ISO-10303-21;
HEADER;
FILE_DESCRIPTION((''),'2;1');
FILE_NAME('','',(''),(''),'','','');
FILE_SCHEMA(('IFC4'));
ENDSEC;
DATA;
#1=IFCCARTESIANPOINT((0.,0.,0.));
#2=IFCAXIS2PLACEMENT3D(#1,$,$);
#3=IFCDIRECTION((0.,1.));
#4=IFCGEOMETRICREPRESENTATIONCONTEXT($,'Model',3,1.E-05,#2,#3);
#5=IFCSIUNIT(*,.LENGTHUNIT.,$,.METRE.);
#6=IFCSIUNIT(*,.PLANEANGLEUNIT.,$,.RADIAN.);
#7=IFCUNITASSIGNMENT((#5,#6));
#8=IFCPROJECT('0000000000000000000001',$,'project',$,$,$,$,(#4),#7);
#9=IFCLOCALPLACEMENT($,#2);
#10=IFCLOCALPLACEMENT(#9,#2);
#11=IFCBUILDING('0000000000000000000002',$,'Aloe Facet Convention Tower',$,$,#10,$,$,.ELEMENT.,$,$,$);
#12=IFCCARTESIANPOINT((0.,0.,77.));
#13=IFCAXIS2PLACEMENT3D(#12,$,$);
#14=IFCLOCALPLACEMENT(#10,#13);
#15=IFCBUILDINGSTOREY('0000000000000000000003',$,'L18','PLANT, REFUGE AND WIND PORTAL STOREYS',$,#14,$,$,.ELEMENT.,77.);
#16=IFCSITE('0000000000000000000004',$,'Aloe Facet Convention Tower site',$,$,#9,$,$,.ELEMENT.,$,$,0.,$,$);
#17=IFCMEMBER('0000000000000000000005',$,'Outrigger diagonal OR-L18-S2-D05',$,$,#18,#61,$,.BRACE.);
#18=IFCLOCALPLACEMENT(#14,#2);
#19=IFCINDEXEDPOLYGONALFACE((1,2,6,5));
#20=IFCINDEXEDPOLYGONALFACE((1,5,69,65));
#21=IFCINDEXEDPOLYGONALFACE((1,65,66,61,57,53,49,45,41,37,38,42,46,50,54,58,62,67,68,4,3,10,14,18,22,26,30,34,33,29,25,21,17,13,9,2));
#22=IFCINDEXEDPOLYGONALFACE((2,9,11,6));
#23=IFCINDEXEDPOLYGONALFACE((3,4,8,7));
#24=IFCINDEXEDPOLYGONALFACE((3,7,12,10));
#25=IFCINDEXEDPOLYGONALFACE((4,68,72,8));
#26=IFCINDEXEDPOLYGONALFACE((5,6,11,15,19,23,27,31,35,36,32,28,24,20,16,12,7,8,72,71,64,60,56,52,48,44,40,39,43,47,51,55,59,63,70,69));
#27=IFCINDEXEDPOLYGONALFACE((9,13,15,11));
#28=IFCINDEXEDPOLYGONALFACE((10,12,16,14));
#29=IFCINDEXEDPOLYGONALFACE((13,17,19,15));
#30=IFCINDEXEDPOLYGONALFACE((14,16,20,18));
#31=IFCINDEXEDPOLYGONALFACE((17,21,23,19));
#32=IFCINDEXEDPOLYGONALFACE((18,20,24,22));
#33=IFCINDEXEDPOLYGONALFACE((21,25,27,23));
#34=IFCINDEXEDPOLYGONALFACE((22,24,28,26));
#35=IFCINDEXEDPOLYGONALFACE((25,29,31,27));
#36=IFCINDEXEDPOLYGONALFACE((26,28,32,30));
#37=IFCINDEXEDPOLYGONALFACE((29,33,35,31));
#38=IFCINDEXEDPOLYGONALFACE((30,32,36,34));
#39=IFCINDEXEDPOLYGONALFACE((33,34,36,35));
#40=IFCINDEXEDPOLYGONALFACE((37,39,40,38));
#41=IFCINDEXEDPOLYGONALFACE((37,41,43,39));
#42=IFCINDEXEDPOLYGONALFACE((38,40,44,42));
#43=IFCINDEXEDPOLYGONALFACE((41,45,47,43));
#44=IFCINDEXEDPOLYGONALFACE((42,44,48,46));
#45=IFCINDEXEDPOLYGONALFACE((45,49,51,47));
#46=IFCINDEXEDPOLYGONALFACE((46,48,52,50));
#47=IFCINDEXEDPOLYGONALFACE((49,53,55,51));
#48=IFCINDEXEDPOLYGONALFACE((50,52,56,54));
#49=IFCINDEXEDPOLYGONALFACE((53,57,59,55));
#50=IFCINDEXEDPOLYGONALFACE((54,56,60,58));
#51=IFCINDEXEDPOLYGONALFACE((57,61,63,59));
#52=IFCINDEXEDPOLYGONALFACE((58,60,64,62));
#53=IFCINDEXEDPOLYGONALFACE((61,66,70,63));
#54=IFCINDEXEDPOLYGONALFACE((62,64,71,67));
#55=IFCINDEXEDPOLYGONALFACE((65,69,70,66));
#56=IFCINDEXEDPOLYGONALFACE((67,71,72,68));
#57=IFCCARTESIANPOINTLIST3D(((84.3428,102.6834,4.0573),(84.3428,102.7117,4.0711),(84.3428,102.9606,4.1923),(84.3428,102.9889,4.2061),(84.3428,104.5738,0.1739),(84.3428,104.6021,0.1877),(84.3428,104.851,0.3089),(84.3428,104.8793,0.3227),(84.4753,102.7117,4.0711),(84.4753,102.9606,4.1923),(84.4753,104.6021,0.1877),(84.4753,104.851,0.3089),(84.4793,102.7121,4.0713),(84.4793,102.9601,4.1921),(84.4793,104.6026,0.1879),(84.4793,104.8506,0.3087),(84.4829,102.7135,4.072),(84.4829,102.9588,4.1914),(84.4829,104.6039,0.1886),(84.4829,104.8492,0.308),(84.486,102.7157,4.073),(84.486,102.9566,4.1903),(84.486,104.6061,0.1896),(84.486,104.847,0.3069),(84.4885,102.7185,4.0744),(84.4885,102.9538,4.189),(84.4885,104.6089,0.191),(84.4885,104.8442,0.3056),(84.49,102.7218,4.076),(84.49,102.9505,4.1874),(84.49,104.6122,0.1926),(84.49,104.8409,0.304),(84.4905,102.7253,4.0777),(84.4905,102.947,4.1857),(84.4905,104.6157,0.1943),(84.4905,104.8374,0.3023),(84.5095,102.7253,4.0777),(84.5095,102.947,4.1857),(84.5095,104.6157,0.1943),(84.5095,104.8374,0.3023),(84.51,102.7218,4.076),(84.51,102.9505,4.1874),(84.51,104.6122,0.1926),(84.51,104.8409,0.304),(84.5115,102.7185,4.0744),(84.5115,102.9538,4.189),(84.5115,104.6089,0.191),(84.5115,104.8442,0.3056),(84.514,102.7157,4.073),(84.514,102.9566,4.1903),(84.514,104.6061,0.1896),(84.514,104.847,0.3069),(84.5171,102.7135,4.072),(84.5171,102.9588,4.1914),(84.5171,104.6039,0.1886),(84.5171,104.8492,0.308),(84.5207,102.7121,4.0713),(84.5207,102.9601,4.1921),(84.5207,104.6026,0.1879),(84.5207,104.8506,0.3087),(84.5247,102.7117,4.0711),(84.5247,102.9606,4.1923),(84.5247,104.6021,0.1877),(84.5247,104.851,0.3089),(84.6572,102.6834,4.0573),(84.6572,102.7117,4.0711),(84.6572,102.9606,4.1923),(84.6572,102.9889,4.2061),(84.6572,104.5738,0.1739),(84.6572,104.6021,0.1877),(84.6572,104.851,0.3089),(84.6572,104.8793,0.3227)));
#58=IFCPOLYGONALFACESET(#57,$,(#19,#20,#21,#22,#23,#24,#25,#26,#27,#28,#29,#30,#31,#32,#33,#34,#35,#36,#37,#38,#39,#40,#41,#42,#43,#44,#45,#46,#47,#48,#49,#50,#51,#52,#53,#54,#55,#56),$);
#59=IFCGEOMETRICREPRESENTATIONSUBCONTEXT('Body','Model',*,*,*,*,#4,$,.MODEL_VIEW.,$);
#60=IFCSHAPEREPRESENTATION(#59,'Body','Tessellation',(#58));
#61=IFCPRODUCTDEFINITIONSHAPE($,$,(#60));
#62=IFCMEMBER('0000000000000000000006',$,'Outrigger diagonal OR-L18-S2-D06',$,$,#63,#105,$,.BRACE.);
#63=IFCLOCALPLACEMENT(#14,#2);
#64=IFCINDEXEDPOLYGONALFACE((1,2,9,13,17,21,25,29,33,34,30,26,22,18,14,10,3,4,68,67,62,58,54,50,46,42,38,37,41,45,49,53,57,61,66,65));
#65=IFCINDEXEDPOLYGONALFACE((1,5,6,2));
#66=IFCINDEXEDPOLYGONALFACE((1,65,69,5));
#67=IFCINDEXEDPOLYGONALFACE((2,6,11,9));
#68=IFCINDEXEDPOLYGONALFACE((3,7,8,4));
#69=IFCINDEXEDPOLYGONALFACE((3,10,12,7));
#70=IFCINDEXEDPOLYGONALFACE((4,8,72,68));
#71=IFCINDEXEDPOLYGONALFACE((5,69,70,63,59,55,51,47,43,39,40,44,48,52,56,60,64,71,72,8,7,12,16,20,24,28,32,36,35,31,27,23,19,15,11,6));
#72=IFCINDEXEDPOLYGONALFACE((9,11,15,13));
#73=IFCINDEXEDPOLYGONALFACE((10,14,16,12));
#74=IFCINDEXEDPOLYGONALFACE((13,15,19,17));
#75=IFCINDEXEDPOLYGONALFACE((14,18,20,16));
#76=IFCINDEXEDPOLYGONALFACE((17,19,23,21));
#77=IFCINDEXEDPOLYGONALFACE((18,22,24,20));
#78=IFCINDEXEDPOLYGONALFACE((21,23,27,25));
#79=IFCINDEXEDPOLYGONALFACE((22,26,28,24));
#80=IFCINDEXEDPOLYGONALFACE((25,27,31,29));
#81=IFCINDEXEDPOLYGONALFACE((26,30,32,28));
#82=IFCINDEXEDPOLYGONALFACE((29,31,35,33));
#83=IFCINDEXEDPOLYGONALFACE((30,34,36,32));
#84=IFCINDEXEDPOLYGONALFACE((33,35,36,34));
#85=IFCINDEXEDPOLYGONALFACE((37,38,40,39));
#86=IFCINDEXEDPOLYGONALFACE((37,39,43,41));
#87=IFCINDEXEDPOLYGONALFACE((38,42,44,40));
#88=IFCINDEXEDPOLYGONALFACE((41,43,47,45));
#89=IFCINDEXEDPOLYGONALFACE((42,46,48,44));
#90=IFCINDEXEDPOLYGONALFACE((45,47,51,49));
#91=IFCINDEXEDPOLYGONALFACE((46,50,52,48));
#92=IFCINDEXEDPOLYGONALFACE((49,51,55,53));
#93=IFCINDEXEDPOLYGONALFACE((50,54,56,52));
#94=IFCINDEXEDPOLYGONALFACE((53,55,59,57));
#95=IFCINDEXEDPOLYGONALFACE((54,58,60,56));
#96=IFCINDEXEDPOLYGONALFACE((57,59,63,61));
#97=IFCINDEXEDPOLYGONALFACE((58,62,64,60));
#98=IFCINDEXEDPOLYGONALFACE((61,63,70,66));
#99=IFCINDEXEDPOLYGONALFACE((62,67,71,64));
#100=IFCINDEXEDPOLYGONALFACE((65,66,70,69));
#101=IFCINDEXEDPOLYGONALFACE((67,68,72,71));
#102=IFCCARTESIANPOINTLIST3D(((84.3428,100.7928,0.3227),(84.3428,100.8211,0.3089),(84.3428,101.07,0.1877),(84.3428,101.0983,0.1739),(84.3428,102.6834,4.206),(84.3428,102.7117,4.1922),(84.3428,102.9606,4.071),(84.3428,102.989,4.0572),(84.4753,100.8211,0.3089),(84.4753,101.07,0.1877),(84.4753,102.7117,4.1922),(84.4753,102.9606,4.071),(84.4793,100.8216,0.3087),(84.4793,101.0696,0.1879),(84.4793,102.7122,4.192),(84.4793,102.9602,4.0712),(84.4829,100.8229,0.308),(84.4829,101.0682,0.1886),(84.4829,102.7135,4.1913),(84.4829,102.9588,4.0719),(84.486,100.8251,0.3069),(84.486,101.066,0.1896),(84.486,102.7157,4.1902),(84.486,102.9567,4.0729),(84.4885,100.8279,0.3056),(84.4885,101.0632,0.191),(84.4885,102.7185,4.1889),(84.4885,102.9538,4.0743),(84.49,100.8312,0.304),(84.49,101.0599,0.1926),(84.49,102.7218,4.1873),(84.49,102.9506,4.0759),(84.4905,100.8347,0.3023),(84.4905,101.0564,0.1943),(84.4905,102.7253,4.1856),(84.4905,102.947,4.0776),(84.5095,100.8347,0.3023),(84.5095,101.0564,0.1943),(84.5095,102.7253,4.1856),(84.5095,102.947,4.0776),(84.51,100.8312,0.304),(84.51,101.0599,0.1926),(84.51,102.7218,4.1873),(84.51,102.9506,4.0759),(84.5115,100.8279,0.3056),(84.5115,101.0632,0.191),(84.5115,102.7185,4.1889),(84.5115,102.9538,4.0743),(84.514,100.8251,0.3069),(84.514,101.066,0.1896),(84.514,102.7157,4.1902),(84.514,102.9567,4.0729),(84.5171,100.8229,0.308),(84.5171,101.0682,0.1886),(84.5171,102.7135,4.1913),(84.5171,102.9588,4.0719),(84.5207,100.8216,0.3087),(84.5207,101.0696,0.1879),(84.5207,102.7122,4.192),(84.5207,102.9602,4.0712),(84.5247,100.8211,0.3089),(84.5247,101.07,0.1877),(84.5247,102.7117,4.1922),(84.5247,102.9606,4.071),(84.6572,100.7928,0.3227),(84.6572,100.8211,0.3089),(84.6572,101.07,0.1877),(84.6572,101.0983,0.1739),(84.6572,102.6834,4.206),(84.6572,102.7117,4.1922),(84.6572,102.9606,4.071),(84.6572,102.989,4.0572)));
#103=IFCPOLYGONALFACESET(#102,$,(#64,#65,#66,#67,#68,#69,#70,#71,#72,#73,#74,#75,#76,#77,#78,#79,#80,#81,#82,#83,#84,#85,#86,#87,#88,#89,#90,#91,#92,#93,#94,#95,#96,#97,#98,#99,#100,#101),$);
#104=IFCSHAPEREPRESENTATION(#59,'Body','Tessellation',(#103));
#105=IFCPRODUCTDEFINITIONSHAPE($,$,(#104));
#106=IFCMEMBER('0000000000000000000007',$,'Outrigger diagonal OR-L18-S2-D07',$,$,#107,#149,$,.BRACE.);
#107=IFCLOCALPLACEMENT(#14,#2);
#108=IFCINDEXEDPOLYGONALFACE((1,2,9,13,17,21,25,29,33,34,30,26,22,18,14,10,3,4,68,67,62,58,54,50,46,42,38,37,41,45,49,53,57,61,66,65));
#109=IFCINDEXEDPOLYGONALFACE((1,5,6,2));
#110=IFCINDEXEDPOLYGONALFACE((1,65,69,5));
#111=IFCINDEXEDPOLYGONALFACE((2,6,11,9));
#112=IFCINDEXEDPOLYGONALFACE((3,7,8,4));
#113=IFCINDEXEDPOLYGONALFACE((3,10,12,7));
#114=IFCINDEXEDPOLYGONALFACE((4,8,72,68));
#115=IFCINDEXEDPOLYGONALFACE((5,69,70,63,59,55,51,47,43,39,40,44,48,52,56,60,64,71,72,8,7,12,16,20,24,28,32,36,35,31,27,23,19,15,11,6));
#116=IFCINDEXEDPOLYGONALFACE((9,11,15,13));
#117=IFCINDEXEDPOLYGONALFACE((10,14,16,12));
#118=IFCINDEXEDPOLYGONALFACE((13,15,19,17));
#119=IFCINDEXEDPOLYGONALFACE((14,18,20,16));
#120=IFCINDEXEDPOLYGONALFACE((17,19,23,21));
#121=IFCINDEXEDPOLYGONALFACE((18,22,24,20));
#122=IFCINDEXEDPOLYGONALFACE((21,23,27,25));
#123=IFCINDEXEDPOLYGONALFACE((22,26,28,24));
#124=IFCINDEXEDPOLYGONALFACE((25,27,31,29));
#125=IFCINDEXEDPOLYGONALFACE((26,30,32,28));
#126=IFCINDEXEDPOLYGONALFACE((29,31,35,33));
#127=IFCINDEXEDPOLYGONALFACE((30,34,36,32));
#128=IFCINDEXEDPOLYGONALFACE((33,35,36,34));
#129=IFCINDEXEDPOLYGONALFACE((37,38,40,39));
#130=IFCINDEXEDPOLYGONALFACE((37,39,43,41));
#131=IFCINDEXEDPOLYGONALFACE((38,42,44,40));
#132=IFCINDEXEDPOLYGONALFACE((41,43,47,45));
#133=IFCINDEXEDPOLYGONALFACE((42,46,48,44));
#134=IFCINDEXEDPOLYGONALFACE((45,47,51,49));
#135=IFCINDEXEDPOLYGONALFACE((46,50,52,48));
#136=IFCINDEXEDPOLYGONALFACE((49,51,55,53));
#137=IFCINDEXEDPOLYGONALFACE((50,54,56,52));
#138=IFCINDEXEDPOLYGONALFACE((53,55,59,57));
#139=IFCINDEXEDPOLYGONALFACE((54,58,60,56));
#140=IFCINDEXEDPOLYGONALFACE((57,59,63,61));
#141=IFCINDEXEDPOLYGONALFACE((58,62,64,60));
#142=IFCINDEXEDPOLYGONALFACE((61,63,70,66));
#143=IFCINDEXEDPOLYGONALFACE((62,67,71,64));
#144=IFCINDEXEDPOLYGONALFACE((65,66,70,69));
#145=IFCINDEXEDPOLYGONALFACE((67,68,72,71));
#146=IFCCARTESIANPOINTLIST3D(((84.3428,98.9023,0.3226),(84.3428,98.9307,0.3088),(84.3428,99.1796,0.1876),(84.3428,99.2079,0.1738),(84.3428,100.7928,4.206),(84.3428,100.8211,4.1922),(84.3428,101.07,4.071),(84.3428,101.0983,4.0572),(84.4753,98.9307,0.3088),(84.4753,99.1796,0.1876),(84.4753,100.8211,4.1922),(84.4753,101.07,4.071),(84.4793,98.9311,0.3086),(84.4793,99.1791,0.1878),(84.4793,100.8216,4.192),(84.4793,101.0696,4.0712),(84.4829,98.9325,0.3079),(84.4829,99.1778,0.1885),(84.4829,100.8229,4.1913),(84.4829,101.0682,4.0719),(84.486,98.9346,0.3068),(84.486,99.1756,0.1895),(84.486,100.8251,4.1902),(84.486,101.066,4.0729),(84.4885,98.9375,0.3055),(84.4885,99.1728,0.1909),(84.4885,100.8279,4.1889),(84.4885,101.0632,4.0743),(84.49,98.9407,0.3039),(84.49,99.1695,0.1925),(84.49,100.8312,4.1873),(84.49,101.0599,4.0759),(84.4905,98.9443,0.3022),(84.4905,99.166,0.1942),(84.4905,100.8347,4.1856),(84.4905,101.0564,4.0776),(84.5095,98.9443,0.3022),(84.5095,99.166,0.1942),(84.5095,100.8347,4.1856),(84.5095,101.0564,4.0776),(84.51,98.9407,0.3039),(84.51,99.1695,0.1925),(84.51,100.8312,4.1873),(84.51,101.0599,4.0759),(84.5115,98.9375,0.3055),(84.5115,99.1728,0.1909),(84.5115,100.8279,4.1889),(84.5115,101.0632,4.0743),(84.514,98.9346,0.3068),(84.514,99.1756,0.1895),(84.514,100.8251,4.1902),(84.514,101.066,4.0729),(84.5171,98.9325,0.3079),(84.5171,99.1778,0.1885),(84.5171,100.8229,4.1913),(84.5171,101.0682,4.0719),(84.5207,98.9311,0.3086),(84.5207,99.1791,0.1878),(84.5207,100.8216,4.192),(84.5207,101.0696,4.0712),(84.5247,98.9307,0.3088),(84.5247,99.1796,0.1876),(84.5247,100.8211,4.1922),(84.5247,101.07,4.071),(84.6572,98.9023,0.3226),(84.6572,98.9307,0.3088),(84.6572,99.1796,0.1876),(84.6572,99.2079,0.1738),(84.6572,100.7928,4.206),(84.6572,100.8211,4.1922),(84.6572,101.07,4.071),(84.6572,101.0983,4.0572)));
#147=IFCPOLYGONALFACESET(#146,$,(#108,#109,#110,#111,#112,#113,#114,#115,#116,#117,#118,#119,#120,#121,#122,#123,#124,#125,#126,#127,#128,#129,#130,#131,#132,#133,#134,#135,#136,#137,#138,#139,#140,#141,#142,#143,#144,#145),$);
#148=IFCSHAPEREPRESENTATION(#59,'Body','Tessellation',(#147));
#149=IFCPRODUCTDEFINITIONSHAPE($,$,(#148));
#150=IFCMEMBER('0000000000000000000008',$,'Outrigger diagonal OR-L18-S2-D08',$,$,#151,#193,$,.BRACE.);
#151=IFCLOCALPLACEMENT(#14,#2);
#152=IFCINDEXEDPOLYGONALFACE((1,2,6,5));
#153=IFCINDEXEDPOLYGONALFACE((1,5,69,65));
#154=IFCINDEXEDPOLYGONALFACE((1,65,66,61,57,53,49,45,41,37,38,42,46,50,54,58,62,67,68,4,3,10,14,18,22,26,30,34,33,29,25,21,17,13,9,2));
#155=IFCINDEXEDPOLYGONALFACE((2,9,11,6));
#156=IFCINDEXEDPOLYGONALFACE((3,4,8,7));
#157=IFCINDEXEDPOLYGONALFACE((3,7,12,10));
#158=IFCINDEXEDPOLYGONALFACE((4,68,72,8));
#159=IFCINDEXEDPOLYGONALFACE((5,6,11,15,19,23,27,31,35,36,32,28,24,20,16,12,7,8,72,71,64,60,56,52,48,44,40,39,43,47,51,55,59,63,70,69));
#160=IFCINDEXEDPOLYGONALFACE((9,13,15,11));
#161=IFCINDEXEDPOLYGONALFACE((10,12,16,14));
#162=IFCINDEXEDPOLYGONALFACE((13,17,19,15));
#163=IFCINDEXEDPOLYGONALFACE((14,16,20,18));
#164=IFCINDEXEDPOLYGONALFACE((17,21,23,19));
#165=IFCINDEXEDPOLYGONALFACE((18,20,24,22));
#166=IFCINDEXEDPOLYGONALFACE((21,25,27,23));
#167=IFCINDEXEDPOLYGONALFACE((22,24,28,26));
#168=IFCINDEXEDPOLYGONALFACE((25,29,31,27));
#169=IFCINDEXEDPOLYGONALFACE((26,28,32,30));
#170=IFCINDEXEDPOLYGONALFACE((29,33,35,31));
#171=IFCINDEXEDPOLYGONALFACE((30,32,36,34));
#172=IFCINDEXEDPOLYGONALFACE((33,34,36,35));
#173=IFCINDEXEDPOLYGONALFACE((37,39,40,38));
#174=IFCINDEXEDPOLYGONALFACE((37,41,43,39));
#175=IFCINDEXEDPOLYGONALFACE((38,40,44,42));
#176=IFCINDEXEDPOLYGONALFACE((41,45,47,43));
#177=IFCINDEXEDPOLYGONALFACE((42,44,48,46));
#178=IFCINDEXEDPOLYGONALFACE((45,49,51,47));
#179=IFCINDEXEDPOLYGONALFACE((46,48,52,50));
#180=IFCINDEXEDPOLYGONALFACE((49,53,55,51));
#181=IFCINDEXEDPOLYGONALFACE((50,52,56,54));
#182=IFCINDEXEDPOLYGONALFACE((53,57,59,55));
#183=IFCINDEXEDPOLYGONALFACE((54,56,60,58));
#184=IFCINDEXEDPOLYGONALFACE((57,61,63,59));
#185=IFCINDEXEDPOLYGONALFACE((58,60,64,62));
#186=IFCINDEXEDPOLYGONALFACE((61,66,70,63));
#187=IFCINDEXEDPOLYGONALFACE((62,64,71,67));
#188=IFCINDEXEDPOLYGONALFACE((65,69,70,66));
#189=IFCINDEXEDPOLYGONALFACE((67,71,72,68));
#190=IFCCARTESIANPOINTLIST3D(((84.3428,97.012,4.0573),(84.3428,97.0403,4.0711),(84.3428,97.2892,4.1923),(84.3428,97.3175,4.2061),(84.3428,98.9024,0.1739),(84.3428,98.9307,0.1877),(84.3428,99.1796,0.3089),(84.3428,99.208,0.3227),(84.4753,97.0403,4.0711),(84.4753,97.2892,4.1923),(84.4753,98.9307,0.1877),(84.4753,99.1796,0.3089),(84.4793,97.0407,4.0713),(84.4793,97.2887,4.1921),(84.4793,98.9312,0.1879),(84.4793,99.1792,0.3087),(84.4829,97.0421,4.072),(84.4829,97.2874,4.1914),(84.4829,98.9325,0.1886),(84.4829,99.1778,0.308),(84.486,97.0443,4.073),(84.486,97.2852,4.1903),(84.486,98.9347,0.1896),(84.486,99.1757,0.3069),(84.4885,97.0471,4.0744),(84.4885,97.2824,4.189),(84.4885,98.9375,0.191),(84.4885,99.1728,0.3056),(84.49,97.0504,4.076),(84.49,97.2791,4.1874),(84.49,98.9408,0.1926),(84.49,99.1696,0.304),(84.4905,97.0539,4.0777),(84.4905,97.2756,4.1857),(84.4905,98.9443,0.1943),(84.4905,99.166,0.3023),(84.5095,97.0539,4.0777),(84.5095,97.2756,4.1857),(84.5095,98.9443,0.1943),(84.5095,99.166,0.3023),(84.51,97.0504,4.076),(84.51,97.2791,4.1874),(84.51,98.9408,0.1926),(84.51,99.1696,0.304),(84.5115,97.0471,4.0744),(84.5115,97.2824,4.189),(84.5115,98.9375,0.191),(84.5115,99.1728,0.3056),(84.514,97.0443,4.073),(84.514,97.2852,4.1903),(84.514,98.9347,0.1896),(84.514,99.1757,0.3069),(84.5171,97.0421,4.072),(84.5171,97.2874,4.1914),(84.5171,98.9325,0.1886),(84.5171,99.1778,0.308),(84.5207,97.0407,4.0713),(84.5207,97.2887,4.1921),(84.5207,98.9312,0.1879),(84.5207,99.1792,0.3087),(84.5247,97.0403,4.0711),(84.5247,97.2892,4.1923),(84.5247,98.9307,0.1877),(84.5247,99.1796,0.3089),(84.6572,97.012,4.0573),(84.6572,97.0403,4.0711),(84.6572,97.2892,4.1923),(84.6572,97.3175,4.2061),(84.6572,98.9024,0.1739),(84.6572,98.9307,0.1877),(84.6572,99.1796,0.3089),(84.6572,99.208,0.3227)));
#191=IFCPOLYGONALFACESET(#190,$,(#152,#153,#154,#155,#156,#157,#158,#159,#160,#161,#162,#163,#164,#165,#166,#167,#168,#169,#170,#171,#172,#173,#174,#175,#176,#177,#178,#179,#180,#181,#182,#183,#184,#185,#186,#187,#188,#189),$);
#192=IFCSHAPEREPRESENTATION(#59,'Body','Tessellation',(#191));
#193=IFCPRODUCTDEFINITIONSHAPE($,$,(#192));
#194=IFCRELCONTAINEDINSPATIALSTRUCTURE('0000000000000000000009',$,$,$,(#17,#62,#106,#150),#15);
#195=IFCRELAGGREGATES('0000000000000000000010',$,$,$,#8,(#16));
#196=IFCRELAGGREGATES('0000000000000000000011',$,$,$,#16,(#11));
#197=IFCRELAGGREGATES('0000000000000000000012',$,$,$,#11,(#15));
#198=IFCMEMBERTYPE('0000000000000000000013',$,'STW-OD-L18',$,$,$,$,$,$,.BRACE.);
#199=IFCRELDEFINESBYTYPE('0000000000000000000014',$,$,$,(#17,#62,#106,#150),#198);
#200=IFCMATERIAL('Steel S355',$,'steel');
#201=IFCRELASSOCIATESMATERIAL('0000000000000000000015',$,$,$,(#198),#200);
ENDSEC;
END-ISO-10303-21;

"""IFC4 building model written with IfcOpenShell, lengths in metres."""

from ifc_helpers import new_model, si_unit, direction, frame, origin, origin_2d, place, context, subcontext, project, spatial, i_section, extrude, material, material_profile, profile_set, type_object, element, save


model = new_model("IFC4")

# Units and contexts
model_context = context("Model", 3, precision=1e-05, world=origin(), true_north=direction((0.0, 1.0)))
body_context = subcontext(model_context, "Body", "Model", "MODEL_VIEW")
ifc_project = project(units=[si_unit("LENGTHUNIT", "METRE"), si_unit("PLANEANGLEUNIT", "RADIAN")], contexts=[model_context])

# Site, building, storey
site_placement = place(None, origin())
site = spatial("IfcSite", under=ifc_project, at=site_placement, Name="Aloe Facet Convention Tower site", CompositionType="ELEMENT", RefElevation=0.0)
building_placement = place(site_placement, origin())
building = spatial("IfcBuilding", under=site, at=building_placement, Name="Aloe Facet Convention Tower", CompositionType="ELEMENT")
storey_placement = place(building_placement, frame((0.0, 0.0, 77.0)))
storey = spatial("IfcBuildingStorey", under=building, at=storey_placement, Name="L18", Description="PLANT, REFUGE AND WIND PORTAL STOREYS", CompositionType="ELEMENT", Elevation=77.0)

# Members
ifc_material_1 = material(Name="Steel S355", Category="steel")
ifc_material_profile_1 = material_profile(ifc_material_1, i_section(OverallWidth=0.3145, OverallDepth=0.3398, WebThickness=0.019, FlangeThickness=0.0315, FilletRadius=0.0151, at=origin_2d()), Name="UC 305x305x198")
ifc_profile_set_1 = profile_set([ifc_material_profile_1], Name="Steel S355")
member_type_1 = type_object("IfcMemberType", Name="STW-OD-L18", PredefinedType="BRACE", material=ifc_profile_set_1)
for number, where, z_axis, x_axis, name in (
    (1, (84.5, 104.7266, 0.2483), (0.0, -0.437692, 0.899125), (1.0, 0.0, 0.0), "Outrigger diagonal OR-L18-S2-D05"),
    (2, (84.5, 102.8362, 4.1316), (0.0, -0.437737, -0.899103), (1.0, 0.0, 0.0), "Outrigger diagonal OR-L18-S2-D06"),
    (3, (84.5, 100.9456, 4.1316), (0.0, -0.437692, -0.899125), (1.0, 0.0, 0.0), "Outrigger diagonal OR-L18-S2-D07"),
    (4, (84.5, 99.0552, 0.2483), (0.0, -0.437692, 0.899125), (1.0, 0.0, 0.0), "Outrigger diagonal OR-L18-S2-D08"),
):
    element("IfcMember", number, at=place(storey_placement, frame(where, z_axis=z_axis, x_axis=x_axis)), inside=storey, type_object=member_type_1, Name=name, PredefinedType="BRACE", context=body_context, shape_type="SweptSolid", body=[
        extrude(i_section(OverallWidth=0.3145, OverallDepth=0.3398, WebThickness=0.019, FlangeThickness=0.0315, FilletRadius=0.0151, at=origin_2d()), origin(), (0.0, 0.0, 1.0), 4.3191),
    ])

save(model, "model.ifc")
